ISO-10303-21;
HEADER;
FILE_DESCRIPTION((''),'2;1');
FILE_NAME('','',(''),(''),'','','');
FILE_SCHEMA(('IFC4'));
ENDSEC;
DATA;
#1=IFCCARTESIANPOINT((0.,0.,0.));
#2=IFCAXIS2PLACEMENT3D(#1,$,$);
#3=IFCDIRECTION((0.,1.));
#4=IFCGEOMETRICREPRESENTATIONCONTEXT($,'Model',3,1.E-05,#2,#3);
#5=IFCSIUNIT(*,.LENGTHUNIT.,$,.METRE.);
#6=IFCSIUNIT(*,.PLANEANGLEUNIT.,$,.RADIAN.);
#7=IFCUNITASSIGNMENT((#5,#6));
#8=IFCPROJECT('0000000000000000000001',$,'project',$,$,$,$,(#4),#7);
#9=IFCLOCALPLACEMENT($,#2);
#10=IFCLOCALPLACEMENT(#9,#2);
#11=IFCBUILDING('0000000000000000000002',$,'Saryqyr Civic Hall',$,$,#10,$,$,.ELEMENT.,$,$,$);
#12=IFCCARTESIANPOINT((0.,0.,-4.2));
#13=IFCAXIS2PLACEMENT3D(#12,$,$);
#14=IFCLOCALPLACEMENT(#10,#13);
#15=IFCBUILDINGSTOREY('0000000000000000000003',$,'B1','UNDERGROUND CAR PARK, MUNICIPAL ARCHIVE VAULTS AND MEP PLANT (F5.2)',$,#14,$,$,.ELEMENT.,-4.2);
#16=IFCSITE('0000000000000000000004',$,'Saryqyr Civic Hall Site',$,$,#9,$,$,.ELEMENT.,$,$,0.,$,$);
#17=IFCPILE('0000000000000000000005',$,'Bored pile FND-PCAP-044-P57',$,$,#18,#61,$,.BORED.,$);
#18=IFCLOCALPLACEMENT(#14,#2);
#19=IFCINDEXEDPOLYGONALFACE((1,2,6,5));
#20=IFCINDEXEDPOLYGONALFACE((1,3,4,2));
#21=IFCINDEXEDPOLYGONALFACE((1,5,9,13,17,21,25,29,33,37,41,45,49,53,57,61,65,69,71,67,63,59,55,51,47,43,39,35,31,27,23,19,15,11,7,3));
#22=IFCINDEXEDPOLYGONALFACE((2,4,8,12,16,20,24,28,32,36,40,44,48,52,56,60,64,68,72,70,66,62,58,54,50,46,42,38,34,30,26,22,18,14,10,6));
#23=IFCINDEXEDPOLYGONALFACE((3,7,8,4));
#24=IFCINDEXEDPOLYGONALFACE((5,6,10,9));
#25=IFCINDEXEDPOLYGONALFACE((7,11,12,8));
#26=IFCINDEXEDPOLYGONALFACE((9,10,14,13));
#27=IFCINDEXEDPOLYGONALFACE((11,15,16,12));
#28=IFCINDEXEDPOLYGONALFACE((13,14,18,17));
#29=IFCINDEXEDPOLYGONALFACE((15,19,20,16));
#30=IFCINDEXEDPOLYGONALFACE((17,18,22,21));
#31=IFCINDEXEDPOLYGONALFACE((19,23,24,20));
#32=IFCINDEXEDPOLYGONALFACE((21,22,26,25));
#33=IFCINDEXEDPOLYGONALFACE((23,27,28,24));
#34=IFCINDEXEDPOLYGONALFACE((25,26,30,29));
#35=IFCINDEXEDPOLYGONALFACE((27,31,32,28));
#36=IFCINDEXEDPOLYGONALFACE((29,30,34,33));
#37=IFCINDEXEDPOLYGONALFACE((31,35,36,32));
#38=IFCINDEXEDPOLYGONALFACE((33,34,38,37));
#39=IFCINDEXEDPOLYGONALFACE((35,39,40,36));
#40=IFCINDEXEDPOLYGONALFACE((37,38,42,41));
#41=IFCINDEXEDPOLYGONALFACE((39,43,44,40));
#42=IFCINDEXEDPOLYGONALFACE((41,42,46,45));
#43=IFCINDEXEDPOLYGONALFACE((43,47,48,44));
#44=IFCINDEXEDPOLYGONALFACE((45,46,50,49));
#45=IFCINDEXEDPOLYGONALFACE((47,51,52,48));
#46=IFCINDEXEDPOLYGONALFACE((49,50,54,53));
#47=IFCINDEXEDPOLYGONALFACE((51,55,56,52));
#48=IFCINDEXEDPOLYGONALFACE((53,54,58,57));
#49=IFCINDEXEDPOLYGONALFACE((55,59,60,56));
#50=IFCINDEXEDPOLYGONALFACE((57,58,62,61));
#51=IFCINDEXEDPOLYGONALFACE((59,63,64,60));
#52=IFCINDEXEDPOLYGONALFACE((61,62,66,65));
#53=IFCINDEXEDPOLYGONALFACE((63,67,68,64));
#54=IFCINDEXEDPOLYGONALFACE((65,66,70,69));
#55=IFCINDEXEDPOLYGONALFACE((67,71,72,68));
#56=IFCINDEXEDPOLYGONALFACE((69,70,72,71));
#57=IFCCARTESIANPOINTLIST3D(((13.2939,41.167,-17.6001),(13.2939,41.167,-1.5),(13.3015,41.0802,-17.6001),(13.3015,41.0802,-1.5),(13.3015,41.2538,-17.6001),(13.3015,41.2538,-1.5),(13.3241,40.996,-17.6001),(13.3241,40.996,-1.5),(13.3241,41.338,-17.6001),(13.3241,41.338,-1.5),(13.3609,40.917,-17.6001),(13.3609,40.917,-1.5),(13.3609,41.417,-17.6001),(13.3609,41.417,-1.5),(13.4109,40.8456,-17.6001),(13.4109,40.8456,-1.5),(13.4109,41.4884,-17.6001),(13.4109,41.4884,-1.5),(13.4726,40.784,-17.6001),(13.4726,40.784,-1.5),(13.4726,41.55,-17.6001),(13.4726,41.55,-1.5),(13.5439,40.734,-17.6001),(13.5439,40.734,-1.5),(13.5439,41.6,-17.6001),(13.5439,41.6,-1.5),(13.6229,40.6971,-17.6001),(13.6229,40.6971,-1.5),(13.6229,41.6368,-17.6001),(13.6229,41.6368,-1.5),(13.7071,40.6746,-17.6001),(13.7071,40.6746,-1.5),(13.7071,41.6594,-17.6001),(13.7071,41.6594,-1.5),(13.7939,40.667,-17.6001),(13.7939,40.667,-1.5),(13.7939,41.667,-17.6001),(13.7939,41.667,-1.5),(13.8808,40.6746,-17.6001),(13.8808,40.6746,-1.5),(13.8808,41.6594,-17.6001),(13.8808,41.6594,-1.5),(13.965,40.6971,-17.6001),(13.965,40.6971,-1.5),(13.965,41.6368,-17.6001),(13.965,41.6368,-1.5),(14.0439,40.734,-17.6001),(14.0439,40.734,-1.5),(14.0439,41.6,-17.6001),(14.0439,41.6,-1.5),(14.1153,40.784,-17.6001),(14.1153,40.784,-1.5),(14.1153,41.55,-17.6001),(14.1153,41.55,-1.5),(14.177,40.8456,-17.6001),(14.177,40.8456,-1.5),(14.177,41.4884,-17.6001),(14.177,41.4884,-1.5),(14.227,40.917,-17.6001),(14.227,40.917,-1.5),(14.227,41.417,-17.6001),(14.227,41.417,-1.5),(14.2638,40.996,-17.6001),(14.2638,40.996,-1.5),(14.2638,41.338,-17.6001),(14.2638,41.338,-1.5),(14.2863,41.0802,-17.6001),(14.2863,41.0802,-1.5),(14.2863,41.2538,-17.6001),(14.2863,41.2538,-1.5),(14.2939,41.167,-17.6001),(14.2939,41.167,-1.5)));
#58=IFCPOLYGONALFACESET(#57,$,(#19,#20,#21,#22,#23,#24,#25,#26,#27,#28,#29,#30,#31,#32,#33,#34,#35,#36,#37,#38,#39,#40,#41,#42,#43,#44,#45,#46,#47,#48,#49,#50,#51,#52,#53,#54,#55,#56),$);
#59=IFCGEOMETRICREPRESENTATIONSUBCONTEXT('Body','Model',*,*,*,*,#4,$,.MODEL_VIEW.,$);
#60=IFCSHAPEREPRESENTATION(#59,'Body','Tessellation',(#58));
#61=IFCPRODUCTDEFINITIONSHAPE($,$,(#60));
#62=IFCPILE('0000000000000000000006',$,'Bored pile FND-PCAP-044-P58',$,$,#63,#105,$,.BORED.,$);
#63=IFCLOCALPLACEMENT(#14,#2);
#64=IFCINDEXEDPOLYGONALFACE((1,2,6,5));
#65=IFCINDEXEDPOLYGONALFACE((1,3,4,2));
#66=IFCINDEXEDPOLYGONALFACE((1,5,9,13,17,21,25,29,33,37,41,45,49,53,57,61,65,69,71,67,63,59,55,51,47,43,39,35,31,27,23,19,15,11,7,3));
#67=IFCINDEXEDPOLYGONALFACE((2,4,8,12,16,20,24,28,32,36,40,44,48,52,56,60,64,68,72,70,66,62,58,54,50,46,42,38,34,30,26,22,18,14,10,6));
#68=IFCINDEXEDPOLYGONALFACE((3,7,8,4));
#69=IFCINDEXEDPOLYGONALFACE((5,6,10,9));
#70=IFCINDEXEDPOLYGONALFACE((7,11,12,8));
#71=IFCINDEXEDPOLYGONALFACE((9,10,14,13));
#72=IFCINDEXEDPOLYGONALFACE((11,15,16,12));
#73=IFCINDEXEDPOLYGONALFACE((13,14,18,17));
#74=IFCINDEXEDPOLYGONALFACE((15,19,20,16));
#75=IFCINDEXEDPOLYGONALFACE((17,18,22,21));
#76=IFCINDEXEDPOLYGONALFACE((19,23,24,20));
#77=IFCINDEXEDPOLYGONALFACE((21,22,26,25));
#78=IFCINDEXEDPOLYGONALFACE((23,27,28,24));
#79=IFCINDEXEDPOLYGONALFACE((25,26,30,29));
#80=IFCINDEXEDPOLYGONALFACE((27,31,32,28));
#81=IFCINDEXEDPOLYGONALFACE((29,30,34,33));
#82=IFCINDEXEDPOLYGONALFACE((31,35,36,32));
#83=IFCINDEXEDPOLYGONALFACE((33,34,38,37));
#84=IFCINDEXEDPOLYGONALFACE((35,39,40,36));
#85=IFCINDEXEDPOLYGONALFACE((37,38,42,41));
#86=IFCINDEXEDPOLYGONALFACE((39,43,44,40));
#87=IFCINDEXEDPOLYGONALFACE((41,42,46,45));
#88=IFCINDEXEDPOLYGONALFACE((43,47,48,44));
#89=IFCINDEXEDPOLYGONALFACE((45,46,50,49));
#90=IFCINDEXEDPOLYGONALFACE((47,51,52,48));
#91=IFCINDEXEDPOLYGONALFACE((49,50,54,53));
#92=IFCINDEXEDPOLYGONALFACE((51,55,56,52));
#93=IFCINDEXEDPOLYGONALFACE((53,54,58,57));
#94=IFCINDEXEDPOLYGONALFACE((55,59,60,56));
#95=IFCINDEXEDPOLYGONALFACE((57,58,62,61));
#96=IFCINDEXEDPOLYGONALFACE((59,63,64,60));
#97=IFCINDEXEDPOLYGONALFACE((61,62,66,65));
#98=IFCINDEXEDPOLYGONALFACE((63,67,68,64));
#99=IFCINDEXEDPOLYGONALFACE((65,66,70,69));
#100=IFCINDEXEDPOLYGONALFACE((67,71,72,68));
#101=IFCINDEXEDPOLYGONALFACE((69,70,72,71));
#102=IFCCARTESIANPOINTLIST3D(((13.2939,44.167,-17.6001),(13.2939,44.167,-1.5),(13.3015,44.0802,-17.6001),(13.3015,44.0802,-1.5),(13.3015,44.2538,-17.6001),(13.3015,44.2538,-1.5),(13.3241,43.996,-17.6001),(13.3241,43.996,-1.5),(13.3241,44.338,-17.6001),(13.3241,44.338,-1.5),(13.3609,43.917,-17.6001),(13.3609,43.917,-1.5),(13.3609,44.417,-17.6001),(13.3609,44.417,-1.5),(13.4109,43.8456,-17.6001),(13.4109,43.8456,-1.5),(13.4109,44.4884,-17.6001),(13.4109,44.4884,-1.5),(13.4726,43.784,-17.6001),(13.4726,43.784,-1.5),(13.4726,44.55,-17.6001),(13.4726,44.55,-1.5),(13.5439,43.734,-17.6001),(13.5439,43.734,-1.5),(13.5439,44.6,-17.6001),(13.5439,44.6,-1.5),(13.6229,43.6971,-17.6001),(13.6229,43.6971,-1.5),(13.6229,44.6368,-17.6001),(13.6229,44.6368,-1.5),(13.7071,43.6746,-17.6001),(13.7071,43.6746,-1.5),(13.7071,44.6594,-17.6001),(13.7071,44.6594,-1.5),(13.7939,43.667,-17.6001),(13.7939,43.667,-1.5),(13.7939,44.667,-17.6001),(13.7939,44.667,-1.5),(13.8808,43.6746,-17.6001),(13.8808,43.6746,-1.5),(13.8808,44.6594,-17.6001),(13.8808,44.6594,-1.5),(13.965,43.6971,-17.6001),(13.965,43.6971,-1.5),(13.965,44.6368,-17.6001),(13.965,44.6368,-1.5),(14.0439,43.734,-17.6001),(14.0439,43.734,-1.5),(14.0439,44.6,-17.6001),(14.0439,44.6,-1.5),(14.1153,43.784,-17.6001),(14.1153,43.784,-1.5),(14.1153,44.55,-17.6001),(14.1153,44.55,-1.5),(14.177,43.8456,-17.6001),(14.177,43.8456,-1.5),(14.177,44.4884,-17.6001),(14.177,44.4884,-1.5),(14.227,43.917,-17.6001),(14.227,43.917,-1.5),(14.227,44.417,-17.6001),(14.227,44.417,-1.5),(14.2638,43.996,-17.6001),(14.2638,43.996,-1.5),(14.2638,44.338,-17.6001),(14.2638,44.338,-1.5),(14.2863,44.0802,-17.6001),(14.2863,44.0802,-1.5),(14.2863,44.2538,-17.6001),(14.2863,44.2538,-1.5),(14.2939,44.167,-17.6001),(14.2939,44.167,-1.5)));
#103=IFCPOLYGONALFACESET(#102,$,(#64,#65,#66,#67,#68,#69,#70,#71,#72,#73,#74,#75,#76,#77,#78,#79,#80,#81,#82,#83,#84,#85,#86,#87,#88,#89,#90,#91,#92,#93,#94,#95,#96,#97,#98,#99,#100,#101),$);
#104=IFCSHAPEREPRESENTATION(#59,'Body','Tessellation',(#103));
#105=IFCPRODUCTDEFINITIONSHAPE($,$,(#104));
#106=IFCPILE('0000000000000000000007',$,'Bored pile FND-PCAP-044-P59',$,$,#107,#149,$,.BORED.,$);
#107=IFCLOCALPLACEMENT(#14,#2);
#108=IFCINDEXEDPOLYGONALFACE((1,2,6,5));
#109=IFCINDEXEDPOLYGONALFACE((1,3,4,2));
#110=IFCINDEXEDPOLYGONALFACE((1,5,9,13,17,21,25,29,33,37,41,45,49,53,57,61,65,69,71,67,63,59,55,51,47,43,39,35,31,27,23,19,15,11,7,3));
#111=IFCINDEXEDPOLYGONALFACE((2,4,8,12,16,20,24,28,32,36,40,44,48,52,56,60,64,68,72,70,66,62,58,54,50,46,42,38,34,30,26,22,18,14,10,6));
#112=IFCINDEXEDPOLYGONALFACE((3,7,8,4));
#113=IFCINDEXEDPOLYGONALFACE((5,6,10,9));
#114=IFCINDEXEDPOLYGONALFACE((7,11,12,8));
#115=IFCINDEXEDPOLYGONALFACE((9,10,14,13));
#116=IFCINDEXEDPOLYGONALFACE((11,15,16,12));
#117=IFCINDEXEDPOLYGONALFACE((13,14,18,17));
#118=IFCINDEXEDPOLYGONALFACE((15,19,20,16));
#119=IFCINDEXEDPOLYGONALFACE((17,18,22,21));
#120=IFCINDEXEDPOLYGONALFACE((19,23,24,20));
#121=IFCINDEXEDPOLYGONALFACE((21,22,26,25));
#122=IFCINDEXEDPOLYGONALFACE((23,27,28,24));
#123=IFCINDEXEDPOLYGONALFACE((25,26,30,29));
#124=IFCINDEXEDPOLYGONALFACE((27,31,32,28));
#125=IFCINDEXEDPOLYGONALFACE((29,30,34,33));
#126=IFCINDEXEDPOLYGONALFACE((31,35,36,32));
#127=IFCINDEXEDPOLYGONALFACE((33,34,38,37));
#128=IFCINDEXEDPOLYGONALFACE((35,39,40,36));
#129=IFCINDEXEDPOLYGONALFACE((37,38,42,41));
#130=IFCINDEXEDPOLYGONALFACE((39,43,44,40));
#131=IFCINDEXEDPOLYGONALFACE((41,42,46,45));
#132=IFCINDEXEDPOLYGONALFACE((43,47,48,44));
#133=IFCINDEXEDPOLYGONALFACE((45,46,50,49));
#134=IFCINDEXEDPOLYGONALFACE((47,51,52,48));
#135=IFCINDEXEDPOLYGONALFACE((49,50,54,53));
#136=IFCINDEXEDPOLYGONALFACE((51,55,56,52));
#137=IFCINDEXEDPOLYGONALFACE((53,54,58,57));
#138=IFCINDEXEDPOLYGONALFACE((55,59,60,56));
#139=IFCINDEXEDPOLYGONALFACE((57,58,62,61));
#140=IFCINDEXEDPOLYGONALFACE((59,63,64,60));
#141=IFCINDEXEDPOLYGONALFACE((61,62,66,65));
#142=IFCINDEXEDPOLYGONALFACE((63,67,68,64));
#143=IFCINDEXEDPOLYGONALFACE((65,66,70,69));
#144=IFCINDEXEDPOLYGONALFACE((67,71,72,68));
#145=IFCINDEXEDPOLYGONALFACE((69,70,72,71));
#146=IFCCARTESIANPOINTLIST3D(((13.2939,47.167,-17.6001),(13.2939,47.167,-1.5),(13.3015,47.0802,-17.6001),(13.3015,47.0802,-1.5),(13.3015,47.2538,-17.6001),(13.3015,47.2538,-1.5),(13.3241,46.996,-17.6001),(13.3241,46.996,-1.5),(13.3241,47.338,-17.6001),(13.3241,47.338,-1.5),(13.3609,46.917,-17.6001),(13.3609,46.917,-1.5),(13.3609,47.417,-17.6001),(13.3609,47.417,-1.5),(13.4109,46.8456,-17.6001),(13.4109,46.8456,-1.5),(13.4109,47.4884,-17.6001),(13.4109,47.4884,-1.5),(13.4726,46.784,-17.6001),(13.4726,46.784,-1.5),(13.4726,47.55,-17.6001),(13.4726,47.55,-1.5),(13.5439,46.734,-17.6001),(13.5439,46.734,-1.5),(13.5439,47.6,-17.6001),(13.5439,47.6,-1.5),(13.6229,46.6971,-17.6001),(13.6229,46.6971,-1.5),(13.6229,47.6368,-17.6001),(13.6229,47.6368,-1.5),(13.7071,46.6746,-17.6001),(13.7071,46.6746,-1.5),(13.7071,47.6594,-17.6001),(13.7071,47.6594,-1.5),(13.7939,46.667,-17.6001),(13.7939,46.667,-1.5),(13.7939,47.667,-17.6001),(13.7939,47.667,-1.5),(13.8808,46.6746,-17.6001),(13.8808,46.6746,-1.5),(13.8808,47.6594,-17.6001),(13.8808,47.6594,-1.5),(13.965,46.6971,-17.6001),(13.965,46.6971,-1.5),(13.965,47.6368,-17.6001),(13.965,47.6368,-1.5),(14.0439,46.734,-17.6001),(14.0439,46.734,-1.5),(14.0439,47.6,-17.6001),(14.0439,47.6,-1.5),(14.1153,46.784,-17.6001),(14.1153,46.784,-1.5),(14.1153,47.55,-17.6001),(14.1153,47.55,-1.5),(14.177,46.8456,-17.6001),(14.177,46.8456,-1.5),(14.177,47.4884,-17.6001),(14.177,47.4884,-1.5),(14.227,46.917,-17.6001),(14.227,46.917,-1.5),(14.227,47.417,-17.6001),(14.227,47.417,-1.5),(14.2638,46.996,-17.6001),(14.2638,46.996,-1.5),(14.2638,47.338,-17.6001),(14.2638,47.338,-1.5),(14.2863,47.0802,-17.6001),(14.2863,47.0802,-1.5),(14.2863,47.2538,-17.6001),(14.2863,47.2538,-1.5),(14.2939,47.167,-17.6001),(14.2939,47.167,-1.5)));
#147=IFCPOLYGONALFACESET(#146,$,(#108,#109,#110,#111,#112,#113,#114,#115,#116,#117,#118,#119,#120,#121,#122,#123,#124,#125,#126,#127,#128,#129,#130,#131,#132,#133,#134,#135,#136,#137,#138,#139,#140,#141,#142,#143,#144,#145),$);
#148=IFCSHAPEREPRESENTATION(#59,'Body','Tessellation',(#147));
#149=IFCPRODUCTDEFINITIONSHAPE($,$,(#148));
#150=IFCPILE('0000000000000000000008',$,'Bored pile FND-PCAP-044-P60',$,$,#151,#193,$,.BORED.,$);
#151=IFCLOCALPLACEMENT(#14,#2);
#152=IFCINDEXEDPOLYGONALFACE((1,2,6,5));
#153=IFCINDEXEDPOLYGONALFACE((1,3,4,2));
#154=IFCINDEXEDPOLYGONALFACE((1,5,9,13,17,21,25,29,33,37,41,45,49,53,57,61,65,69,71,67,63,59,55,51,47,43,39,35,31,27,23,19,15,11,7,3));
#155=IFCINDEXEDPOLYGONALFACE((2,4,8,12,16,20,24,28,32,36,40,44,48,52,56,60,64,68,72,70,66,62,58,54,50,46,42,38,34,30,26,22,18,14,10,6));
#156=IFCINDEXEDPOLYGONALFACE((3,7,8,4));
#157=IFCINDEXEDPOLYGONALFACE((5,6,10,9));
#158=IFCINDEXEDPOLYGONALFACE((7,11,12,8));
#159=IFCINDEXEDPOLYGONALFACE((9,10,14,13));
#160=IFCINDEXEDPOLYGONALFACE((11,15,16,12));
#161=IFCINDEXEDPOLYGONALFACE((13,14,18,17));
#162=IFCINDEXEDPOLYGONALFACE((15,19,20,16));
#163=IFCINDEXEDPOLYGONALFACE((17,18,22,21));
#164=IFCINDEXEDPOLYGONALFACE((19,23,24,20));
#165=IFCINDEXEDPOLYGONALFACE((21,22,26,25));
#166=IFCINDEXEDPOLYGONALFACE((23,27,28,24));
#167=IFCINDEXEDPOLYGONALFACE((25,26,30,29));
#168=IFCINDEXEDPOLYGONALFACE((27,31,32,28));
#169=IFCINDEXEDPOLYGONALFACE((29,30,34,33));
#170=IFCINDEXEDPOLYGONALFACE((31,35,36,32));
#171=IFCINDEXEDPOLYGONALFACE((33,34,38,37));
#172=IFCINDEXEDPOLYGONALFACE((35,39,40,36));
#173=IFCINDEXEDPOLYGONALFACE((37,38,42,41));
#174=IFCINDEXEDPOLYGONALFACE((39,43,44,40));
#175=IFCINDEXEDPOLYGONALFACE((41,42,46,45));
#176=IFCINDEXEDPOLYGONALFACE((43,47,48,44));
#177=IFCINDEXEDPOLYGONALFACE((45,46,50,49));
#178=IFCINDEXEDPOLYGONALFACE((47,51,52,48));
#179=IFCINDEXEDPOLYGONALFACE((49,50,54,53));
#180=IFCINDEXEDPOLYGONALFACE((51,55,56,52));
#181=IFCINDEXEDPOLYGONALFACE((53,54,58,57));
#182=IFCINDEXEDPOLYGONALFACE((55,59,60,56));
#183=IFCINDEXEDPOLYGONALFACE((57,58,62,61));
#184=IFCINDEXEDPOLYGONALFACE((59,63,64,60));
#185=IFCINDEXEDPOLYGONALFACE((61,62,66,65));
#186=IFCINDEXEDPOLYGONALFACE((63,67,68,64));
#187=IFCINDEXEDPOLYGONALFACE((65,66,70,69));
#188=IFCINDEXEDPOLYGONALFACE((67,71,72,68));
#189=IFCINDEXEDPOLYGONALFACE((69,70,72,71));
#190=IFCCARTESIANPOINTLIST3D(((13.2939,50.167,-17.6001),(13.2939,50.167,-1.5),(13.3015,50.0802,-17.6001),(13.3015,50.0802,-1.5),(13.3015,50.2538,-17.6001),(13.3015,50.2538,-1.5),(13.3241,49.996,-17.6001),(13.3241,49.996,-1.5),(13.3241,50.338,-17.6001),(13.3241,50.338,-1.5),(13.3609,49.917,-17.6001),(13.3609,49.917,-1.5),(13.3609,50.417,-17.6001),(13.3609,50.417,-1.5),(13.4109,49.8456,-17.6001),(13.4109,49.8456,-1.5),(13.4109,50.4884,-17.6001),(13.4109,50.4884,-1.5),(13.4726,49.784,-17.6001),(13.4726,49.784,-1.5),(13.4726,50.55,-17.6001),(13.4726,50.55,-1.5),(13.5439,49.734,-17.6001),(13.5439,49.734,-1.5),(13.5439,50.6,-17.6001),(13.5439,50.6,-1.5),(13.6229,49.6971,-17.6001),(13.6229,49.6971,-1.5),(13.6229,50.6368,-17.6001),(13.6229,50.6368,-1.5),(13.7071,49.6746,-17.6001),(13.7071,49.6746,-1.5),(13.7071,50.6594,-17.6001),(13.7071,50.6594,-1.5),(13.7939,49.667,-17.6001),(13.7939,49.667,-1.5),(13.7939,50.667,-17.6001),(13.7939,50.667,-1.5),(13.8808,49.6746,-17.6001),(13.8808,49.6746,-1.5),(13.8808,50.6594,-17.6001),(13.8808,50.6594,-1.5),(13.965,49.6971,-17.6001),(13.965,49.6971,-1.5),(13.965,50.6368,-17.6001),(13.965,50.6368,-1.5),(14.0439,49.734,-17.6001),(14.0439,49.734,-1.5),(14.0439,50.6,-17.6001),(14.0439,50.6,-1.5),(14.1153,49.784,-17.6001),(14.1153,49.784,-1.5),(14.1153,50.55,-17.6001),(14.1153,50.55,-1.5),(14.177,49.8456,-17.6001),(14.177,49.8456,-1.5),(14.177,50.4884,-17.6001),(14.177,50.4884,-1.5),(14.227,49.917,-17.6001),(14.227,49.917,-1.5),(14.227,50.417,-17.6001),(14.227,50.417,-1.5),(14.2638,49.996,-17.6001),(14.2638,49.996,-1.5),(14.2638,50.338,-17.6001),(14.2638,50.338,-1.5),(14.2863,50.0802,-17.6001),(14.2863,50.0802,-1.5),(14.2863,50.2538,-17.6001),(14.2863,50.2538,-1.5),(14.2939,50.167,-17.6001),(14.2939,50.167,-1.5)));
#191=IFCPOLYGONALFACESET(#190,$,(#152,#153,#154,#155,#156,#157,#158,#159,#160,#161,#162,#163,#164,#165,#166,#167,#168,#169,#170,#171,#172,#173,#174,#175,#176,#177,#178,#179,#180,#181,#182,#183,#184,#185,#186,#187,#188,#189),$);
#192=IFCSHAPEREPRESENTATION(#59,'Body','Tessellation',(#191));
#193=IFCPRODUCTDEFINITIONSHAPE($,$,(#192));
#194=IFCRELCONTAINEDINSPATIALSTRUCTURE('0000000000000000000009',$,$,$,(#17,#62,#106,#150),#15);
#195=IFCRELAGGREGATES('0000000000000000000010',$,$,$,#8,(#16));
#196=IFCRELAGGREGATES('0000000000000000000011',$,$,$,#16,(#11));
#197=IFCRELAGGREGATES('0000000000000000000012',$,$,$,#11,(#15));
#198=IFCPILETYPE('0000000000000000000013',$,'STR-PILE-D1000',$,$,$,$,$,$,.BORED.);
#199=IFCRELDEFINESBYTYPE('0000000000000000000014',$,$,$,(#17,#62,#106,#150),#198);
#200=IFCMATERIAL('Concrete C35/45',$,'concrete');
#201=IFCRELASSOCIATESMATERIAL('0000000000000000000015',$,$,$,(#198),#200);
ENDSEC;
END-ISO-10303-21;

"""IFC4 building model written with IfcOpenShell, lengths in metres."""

from ifc_helpers import new_model, si_unit, direction, frame, origin, origin_2d, place, context, subcontext, project, spatial, circle, extrude, material, material_profile, profile_set, type_object, element, save


model = new_model("IFC4")

# Units and contexts
model_context = context("Model", 3, precision=1e-05, world=origin(), true_north=direction((0.0, 1.0)))
body_context = subcontext(model_context, "Body", "Model", "MODEL_VIEW")
ifc_project = project(units=[si_unit("LENGTHUNIT", "METRE"), si_unit("PLANEANGLEUNIT", "RADIAN")], contexts=[model_context])

# Site, building, storey
site_placement = place(None, origin())
site = spatial("IfcSite", under=ifc_project, at=site_placement, Name="Saryqyr Civic Hall Site", CompositionType="ELEMENT", RefElevation=0.0)
building_placement = place(site_placement, origin())
building = spatial("IfcBuilding", under=site, at=building_placement, Name="Saryqyr Civic Hall", CompositionType="ELEMENT")
storey_placement = place(building_placement, frame((0.0, 0.0, -4.2)))
storey = spatial("IfcBuildingStorey", under=building, at=storey_placement, Name="B1", Description="UNDERGROUND CAR PARK, MUNICIPAL ARCHIVE VAULTS AND MEP PLANT (F5.2)", CompositionType="ELEMENT", Elevation=-4.2)

# Piles
ifc_material_1 = material(Name="Concrete C35/45", Category="concrete")
ifc_material_profile = material_profile(ifc_material_1, circle(Radius=0.5, at=origin_2d()), Name="BORED PILE D1000")
ifc_profile_set = profile_set([ifc_material_profile], Name="Concrete C35/45")
pile_type = type_object("IfcPileType", Name="STR-PILE-D1000", PredefinedType="BORED", material=ifc_profile_set)
for number, where, z_axis, x_axis, name in (
    (1, (13.7939, 41.167, -1.5), (0.0, 0.0, -1.0), (1.0, 0.0, 0.0), "Bored pile FND-PCAP-044-P57"),
    (2, (13.7939, 44.167, -1.5), (0.0, 0.0, -1.0), (1.0, 0.0, 0.0), "Bored pile FND-PCAP-044-P58"),
    (3, (13.7939, 47.167, -1.5), (0.0, 0.0, -1.0), (1.0, 0.0, 0.0), "Bored pile FND-PCAP-044-P59"),
    (4, (13.7939, 50.167, -1.5), (0.0, 0.0, -1.0), (1.0, 0.0, 0.0), "Bored pile FND-PCAP-044-P60"),
):
    element("IfcPile", number, at=place(storey_placement, frame(where, z_axis=z_axis, x_axis=x_axis)), inside=storey, type_object=pile_type, Name=name, PredefinedType="BORED", context=body_context, shape_type="SweptSolid", body=[
        extrude(circle(Radius=0.5, at=origin_2d()), origin(), (0.0, 0.0, 1.0), 16.1001),
    ])

save(model, "model.ifc")
